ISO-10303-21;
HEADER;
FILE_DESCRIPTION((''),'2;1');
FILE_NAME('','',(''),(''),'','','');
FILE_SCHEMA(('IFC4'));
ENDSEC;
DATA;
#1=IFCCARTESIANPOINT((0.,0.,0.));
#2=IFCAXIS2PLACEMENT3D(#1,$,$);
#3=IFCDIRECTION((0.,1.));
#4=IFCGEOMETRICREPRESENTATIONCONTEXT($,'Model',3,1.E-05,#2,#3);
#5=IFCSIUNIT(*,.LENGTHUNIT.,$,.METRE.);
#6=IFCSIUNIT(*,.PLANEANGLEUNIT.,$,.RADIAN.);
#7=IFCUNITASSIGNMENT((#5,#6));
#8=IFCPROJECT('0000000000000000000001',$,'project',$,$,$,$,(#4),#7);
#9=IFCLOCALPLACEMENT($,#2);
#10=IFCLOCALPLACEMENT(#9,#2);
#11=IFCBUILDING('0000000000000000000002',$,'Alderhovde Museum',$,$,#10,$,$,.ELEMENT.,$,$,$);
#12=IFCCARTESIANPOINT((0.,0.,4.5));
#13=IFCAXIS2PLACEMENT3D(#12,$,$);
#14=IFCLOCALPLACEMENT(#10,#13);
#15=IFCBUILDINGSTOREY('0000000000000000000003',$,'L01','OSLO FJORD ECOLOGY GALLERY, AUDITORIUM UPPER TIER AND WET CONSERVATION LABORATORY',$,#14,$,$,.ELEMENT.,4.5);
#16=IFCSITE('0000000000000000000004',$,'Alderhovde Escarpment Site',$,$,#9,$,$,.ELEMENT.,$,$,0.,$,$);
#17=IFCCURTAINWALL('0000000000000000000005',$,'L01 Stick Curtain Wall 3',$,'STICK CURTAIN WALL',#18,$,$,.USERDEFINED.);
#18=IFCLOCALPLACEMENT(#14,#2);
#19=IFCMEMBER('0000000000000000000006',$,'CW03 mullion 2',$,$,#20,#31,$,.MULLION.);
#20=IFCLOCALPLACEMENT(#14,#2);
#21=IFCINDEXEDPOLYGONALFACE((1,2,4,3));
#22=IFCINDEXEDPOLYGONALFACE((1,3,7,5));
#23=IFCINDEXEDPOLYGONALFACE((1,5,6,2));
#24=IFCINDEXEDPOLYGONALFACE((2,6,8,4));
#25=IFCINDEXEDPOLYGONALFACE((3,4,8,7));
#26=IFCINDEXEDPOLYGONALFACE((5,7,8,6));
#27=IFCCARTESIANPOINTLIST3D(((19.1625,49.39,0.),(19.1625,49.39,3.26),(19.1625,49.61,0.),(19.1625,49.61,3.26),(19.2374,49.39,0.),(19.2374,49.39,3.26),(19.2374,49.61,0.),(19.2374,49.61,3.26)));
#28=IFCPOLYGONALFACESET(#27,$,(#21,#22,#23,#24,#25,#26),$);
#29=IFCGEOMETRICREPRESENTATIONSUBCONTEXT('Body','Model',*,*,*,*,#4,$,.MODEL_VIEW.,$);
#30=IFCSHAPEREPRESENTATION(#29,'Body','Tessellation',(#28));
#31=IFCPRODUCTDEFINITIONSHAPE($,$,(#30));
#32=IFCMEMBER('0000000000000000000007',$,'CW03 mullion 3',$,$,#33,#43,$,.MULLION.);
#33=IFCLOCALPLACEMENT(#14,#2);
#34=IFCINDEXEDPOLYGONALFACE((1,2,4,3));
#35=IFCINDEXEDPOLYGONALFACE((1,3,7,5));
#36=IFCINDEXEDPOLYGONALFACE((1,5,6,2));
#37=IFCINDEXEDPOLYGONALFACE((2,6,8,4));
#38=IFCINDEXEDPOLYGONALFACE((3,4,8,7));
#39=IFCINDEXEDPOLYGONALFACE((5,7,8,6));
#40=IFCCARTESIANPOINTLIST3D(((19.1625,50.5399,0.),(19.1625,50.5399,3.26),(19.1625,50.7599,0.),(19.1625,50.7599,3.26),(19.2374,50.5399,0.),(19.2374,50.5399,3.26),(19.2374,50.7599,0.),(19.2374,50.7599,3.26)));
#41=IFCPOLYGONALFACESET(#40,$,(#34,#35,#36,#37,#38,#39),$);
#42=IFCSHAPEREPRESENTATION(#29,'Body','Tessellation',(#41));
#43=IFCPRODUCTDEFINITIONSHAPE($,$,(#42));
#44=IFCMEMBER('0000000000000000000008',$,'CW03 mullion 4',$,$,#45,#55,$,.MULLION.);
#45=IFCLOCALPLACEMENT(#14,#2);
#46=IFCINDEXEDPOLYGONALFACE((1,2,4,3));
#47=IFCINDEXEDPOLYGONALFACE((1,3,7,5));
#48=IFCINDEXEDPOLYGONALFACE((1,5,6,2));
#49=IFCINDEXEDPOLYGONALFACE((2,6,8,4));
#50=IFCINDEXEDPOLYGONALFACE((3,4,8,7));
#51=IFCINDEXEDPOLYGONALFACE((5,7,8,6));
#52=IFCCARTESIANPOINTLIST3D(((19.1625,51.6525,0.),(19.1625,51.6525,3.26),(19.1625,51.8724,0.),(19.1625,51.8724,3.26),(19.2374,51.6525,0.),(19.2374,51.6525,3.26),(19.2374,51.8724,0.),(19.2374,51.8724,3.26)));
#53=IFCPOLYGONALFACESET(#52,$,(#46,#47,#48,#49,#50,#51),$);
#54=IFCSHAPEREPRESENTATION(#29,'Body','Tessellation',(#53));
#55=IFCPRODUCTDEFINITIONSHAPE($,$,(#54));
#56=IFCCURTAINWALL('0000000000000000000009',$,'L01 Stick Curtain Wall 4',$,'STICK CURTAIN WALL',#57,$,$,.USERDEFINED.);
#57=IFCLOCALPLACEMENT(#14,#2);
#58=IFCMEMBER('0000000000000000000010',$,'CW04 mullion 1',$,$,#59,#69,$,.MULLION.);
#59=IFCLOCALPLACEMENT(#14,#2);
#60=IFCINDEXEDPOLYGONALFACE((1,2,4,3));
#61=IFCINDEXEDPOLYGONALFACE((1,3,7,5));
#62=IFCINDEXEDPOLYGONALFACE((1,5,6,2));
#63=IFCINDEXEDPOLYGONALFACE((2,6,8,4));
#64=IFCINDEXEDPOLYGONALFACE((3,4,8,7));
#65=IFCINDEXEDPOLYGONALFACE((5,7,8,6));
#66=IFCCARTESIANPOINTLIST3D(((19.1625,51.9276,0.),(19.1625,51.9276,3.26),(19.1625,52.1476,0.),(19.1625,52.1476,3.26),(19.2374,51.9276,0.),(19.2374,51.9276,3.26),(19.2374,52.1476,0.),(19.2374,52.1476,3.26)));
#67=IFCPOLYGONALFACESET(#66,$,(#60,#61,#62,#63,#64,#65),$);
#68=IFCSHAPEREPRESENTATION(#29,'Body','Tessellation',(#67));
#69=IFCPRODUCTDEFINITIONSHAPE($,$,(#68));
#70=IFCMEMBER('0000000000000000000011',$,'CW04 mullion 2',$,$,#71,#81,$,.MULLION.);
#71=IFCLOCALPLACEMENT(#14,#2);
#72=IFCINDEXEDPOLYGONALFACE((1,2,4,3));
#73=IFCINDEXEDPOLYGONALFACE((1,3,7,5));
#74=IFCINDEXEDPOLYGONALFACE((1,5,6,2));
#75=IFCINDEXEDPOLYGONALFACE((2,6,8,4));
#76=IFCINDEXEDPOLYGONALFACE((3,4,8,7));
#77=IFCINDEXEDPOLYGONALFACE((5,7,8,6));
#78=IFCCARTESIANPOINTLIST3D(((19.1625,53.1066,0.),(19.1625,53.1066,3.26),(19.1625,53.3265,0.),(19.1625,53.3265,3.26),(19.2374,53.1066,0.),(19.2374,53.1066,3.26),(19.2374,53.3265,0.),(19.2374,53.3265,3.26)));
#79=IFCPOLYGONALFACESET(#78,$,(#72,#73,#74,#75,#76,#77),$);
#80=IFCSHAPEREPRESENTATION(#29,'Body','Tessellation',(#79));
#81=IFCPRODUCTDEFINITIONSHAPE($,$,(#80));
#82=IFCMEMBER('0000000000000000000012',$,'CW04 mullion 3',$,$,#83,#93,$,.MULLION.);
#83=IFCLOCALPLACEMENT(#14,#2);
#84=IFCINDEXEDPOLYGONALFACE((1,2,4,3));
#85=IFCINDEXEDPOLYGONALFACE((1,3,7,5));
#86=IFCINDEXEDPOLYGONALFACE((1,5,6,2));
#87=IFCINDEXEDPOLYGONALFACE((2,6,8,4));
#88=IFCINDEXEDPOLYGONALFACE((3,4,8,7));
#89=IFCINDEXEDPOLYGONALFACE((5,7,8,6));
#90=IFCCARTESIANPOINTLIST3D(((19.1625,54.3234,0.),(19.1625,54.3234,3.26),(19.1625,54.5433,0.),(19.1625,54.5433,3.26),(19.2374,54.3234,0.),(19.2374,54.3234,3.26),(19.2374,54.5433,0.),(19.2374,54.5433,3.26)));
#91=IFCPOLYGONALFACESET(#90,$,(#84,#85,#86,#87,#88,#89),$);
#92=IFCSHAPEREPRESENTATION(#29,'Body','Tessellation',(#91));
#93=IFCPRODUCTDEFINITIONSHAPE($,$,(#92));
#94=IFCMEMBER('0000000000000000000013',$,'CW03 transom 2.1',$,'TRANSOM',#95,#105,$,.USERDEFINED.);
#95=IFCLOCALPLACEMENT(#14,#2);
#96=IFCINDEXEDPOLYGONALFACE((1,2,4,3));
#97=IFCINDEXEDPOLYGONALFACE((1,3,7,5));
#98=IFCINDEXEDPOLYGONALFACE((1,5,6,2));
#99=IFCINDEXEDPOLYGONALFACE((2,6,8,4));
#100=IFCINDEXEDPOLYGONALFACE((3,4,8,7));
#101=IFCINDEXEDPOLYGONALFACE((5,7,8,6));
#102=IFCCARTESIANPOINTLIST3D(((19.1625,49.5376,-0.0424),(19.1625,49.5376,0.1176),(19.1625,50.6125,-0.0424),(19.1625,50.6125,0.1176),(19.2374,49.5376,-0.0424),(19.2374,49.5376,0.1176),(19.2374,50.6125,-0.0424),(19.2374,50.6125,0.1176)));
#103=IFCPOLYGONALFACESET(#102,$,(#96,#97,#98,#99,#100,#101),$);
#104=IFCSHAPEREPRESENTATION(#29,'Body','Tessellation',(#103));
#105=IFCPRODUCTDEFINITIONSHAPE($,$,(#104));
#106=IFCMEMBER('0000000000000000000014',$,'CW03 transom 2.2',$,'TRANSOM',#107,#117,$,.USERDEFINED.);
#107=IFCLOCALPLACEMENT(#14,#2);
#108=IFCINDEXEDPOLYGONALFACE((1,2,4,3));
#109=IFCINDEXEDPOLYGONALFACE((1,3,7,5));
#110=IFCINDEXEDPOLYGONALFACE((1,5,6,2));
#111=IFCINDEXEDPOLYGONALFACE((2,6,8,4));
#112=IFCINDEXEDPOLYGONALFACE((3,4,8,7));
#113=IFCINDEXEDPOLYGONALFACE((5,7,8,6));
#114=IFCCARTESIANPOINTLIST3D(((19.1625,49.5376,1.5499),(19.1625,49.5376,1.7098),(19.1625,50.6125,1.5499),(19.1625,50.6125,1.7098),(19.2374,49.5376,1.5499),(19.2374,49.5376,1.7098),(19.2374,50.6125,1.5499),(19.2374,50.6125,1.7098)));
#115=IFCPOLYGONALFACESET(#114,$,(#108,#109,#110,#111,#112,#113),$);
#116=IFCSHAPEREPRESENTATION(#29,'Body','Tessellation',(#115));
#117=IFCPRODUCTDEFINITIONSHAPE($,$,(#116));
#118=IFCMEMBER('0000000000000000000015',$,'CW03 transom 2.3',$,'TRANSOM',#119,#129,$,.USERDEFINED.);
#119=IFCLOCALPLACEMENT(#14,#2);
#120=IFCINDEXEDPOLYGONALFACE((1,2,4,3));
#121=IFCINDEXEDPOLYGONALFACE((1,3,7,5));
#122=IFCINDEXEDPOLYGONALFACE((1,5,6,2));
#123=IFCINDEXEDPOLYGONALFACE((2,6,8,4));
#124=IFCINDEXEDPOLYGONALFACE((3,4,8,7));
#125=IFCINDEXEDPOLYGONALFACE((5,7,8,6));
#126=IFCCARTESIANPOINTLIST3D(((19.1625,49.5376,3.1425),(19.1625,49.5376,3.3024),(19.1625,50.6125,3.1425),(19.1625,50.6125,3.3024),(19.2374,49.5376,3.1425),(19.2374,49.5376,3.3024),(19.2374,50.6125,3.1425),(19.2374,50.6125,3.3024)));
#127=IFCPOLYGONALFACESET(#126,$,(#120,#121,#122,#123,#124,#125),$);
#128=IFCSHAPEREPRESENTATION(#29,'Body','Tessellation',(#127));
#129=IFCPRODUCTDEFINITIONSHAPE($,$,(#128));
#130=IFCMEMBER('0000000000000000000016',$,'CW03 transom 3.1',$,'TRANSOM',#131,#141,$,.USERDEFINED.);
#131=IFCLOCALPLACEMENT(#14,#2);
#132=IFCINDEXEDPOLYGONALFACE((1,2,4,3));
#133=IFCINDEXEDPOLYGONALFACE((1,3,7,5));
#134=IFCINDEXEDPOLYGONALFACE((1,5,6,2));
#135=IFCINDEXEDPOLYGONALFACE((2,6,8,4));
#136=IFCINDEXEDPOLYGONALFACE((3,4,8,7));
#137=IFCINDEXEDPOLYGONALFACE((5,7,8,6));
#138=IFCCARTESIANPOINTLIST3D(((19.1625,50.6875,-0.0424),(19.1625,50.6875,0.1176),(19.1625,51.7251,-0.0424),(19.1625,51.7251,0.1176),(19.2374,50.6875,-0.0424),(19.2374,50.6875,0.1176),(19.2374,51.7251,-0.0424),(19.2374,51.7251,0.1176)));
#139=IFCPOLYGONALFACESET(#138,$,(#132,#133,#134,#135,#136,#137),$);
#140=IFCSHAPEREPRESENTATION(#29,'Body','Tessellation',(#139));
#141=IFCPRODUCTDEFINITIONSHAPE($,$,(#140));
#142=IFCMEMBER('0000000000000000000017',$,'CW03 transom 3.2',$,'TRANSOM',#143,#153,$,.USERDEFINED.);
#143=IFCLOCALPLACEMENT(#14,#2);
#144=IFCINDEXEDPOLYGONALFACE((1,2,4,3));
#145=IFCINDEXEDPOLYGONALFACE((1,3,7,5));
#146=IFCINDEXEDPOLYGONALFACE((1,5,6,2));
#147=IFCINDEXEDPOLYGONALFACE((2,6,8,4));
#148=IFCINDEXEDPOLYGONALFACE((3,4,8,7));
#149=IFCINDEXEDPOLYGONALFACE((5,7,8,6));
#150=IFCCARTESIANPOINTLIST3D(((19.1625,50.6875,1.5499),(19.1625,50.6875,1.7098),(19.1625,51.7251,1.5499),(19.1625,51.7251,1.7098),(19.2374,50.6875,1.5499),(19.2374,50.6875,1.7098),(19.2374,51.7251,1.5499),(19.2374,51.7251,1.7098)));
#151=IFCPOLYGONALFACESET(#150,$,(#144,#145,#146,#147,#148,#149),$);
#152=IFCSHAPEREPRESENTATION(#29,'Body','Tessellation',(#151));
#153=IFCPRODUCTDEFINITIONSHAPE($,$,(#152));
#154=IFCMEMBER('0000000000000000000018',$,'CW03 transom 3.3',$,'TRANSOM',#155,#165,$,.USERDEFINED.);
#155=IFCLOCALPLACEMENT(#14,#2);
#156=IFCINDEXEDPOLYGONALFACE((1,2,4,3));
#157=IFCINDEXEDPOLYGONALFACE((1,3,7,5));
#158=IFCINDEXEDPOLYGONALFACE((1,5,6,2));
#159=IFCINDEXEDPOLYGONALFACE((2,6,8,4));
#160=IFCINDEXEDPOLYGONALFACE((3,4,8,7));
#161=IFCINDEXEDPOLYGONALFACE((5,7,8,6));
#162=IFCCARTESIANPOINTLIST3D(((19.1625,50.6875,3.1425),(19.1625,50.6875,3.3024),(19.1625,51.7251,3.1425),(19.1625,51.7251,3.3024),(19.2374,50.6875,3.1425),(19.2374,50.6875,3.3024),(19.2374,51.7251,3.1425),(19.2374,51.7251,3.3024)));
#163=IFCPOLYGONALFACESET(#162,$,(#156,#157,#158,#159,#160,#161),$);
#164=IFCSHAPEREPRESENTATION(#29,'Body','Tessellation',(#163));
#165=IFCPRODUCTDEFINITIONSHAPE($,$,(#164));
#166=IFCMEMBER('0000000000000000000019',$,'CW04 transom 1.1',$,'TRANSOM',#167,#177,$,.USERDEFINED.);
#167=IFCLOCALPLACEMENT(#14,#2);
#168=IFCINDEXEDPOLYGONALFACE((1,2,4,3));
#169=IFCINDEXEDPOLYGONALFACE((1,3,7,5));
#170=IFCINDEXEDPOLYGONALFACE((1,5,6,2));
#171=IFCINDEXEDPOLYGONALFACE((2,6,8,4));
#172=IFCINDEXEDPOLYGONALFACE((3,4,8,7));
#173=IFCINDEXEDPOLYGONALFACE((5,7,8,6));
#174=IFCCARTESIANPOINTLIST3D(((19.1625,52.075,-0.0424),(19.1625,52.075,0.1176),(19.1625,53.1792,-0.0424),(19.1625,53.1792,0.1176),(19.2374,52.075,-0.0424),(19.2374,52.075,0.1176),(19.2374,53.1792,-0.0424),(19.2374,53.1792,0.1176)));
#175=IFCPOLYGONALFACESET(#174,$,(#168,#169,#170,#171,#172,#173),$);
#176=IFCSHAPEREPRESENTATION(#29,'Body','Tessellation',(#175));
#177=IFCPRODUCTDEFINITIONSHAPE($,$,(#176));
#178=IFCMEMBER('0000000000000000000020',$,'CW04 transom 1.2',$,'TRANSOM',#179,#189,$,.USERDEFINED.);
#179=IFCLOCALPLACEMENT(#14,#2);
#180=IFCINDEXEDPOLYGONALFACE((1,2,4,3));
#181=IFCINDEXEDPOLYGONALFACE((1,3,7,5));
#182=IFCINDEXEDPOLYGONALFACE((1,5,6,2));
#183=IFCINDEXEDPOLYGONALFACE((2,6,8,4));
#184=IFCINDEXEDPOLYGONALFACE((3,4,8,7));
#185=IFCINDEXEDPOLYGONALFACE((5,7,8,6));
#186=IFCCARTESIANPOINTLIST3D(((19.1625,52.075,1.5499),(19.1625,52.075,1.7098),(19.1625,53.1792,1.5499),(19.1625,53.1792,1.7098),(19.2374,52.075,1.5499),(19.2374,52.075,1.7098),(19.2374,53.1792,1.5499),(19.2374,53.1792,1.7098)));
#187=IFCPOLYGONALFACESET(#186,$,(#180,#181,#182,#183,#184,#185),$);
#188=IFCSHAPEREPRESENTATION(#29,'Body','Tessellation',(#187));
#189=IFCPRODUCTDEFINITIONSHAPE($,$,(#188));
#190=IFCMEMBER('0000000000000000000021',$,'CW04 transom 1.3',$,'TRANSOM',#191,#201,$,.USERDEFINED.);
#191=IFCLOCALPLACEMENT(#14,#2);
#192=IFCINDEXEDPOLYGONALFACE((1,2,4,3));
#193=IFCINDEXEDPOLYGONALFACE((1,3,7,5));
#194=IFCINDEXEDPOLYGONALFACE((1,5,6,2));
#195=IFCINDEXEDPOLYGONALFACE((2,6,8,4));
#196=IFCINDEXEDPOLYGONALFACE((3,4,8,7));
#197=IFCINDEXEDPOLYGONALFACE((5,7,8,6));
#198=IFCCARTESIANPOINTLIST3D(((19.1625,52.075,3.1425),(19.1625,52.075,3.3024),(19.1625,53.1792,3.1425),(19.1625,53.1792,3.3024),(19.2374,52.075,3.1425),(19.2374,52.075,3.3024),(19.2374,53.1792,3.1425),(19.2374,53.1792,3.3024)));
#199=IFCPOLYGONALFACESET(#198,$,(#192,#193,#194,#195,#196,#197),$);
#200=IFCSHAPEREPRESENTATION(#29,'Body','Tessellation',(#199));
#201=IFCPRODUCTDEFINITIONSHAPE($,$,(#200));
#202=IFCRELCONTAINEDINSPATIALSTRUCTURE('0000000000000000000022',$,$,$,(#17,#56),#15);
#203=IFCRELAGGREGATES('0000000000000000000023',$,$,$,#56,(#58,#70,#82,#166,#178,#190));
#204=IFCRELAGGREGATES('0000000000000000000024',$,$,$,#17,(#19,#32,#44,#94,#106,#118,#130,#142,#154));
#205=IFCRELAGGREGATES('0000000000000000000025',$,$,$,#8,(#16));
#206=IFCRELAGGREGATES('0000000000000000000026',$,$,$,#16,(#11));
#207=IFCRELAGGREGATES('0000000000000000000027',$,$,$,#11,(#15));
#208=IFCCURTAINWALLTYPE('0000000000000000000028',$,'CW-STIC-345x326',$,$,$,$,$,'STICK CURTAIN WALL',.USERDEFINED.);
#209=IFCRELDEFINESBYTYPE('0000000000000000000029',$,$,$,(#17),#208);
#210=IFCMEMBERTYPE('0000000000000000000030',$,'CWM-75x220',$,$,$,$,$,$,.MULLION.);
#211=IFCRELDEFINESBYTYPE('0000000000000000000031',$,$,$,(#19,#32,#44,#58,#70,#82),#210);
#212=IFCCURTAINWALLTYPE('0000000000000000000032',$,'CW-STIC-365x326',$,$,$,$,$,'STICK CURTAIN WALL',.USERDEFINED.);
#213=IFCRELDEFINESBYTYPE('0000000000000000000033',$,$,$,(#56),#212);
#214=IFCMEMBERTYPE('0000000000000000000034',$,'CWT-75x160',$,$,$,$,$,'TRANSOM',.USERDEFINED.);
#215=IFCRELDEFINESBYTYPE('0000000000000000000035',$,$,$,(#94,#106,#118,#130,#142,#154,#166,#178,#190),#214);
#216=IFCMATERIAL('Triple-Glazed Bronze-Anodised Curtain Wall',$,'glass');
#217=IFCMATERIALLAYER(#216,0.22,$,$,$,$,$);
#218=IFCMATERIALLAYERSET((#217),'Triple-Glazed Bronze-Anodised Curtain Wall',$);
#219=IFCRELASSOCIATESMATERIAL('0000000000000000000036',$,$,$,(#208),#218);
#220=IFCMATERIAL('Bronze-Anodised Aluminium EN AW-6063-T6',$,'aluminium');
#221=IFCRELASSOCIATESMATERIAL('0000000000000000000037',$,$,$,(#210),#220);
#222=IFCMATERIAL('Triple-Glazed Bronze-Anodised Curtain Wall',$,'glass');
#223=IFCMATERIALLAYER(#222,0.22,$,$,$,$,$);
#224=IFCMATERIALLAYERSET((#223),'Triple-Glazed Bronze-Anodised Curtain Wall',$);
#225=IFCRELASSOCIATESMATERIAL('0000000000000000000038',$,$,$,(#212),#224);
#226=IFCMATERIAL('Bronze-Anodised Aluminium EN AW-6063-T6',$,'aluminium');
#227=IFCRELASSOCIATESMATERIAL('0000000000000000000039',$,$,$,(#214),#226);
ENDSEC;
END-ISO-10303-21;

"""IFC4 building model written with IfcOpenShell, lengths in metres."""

from ifc_helpers import new_model, si_unit, direction, frame, origin, origin_2d, place, context, subcontext, project, spatial, rectangle, extrude, material, layer, layer_set, material_profile, profile_set, type_object, element, aggregate, save


model = new_model("IFC4")

# Units and contexts
model_context = context("Model", 3, precision=1e-05, world=origin(), true_north=direction((0.0, 1.0)))
body_context = subcontext(model_context, "Body", "Model", "MODEL_VIEW")
ifc_project = project(units=[si_unit("LENGTHUNIT", "METRE"), si_unit("PLANEANGLEUNIT", "RADIAN")], contexts=[model_context])

# Site, building, storey
site_placement = place(None, origin())
site = spatial("IfcSite", under=ifc_project, at=site_placement, Name="Alderhovde Escarpment Site", CompositionType="ELEMENT", RefElevation=0.0)
building_placement = place(site_placement, origin())
building = spatial("IfcBuilding", under=site, at=building_placement, Name="Alderhovde Museum", CompositionType="ELEMENT")
storey_placement = place(building_placement, frame((0.0, 0.0, 4.5)))
storey = spatial("IfcBuildingStorey", under=building, at=storey_placement, Name="L01", Description="OSLO FJORD ECOLOGY GALLERY, AUDITORIUM UPPER TIER AND WET CONSERVATION LABORATORY", CompositionType="ELEMENT", Elevation=4.5)

# Curtain walls, members
ifc_material_1 = material(Name="Triple-Glazed Bronze-Anodised Curtain Wall", Category="glass")
ifc_layer_1 = layer(ifc_material_1, 0.22)
ifc_layer_set_1 = layer_set([ifc_layer_1], Name="Triple-Glazed Bronze-Anodised Curtain Wall")
curtain_wall_type_1 = type_object("IfcCurtainWallType", Name="CW-STIC-345x326", ElementType="STICK CURTAIN WALL", PredefinedType="USERDEFINED", material=ifc_layer_set_1)
curtain_wall_1_placement = place(storey_placement, origin())
curtain_wall_1 = element("IfcCurtainWall", 1, at=curtain_wall_1_placement, inside=storey, type_object=curtain_wall_type_1, Name="L01 Stick Curtain Wall 3", ObjectType="STICK CURTAIN WALL", PredefinedType="USERDEFINED")
ifc_material_2 = material(Name="Bronze-Anodised Aluminium EN AW-6063-T6", Category="aluminium")
ifc_material_profile_1 = material_profile(ifc_material_2, rectangle(XDim=0.075, YDim=0.22, at=origin_2d()), Name="MULLION 75x220")
ifc_profile_set_1 = profile_set([ifc_material_profile_1], Name="Bronze-Anodised Aluminium EN AW-6063-T6")
member_type_1 = type_object("IfcMemberType", Name="CWM-75x220", PredefinedType="MULLION", material=ifc_profile_set_1)
member_1_placement = place(storey_placement, frame((19.2, 49.5, 0.0), z_axis=(0.0, 0.0, 1.0), x_axis=(-1.0, 0.0, 0.0)))
member_1 = element("IfcMember", 2, at=member_1_placement, type_object=member_type_1, Name="CW03 mullion 2", PredefinedType="MULLION", context=body_context, shape_type="SweptSolid", body=[
    extrude(rectangle(XDim=0.075, YDim=0.22, at=origin_2d()), origin(), (0.0, 0.0, 1.0), 3.26),
])
member_2_placement = place(storey_placement, frame((19.2, 50.6499, 0.0), z_axis=(0.0, 0.0, 1.0), x_axis=(-1.0, 0.0, 0.0)))
member_2 = element("IfcMember", 3, at=member_2_placement, type_object=member_type_1, Name="CW03 mullion 3", PredefinedType="MULLION", context=body_context, shape_type="SweptSolid", body=[
    extrude(rectangle(XDim=0.075, YDim=0.22, at=origin_2d()), origin(), (0.0, 0.0, 1.0), 3.26),
])
member_3_placement = place(storey_placement, frame((19.2, 51.7625, 0.0), z_axis=(0.0, 0.0, 1.0), x_axis=(-1.0, 0.0, 0.0)))
member_3 = element("IfcMember", 4, at=member_3_placement, type_object=member_type_1, Name="CW03 mullion 4", PredefinedType="MULLION", context=body_context, shape_type="SweptSolid", body=[
    extrude(rectangle(XDim=0.075, YDim=0.22, at=origin_2d()), origin(), (0.0, 0.0, 1.0), 3.26),
])
ifc_material_3 = material(Name="Triple-Glazed Bronze-Anodised Curtain Wall", Category="glass")
ifc_layer_2 = layer(ifc_material_3, 0.22)
ifc_layer_set_2 = layer_set([ifc_layer_2], Name="Triple-Glazed Bronze-Anodised Curtain Wall")
curtain_wall_type_2 = type_object("IfcCurtainWallType", Name="CW-STIC-365x326", ElementType="STICK CURTAIN WALL", PredefinedType="USERDEFINED", material=ifc_layer_set_2)
curtain_wall_2_placement = place(storey_placement, origin())
curtain_wall_2 = element("IfcCurtainWall", 5, at=curtain_wall_2_placement, inside=storey, type_object=curtain_wall_type_2, Name="L01 Stick Curtain Wall 4", ObjectType="STICK CURTAIN WALL", PredefinedType="USERDEFINED")
member_4_placement = place(storey_placement, frame((19.2, 52.0376, 0.0), z_axis=(0.0, 0.0, 1.0), x_axis=(-1.0, 0.0, 0.0)))
member_4 = element("IfcMember", 6, at=member_4_placement, type_object=member_type_1, Name="CW04 mullion 1", PredefinedType="MULLION", context=body_context, shape_type="SweptSolid", body=[
    extrude(rectangle(XDim=0.075, YDim=0.22, at=origin_2d()), origin(), (0.0, 0.0, 1.0), 3.26),
])
member_5_placement = place(storey_placement, frame((19.2, 53.2166, 0.0), z_axis=(0.0, 0.0, 1.0), x_axis=(-1.0, 0.0, 0.0)))
member_5 = element("IfcMember", 7, at=member_5_placement, type_object=member_type_1, Name="CW04 mullion 2", PredefinedType="MULLION", context=body_context, shape_type="SweptSolid", body=[
    extrude(rectangle(XDim=0.075, YDim=0.22, at=origin_2d()), origin(), (0.0, 0.0, 1.0), 3.26),
])
member_6_placement = place(storey_placement, frame((19.2, 54.4333, 0.0), z_axis=(0.0, 0.0, 1.0), x_axis=(-1.0, 0.0, 0.0)))
member_6 = element("IfcMember", 8, at=member_6_placement, type_object=member_type_1, Name="CW04 mullion 3", PredefinedType="MULLION", context=body_context, shape_type="SweptSolid", body=[
    extrude(rectangle(XDim=0.075, YDim=0.22, at=origin_2d()), origin(), (0.0, 0.0, 1.0), 3.26),
])

# Members
ifc_material_4 = material(Name="Bronze-Anodised Aluminium EN AW-6063-T6", Category="aluminium")
ifc_material_profile_2 = material_profile(ifc_material_4, rectangle(XDim=0.075, YDim=0.1599, at=origin_2d()), Name="TRANSOM 75x160")
ifc_profile_set_2 = profile_set([ifc_material_profile_2], Name="Bronze-Anodised Aluminium EN AW-6063-T6")
member_type_2 = type_object("IfcMemberType", Name="CWT-75x160", ElementType="TRANSOM", PredefinedType="USERDEFINED", material=ifc_profile_set_2)
member_7_placement = place(storey_placement, frame((19.2, 49.5376, 0.0376), z_axis=(0.0, 1.0, 0.0), x_axis=(-1.0, 0.0, 0.0)))
member_7 = element("IfcMember", 9, at=member_7_placement, type_object=member_type_2, Name="CW03 transom 2.1", ObjectType="TRANSOM", PredefinedType="USERDEFINED", context=body_context, shape_type="SweptSolid", body=[
    extrude(rectangle(XDim=0.075, YDim=0.1599, at=origin_2d()), origin(), (0.0, 0.0, 1.0), 1.075),
])
member_8_placement = place(storey_placement, frame((19.2, 49.5376, 1.6299), z_axis=(0.0, 1.0, 0.0), x_axis=(-1.0, 0.0, 0.0)))
member_8 = element("IfcMember", 10, at=member_8_placement, type_object=member_type_2, Name="CW03 transom 2.2", ObjectType="TRANSOM", PredefinedType="USERDEFINED", context=body_context, shape_type="SweptSolid", body=[
    extrude(rectangle(XDim=0.075, YDim=0.1599, at=origin_2d()), origin(), (0.0, 0.0, 1.0), 1.075),
])
member_9_placement = place(storey_placement, frame((19.2, 49.5376, 3.2224), z_axis=(0.0, 1.0, 0.0), x_axis=(-1.0, 0.0, 0.0)))
member_9 = element("IfcMember", 11, at=member_9_placement, type_object=member_type_2, Name="CW03 transom 2.3", ObjectType="TRANSOM", PredefinedType="USERDEFINED", context=body_context, shape_type="SweptSolid", body=[
    extrude(rectangle(XDim=0.075, YDim=0.1599, at=origin_2d()), origin(), (0.0, 0.0, 1.0), 1.075),
])
member_10_placement = place(storey_placement, frame((19.2, 50.6875, 0.0376), z_axis=(0.0, 1.0, 0.0), x_axis=(-1.0, 0.0, 0.0)))
member_10 = element("IfcMember", 12, at=member_10_placement, type_object=member_type_2, Name="CW03 transom 3.1", ObjectType="TRANSOM", PredefinedType="USERDEFINED", context=body_context, shape_type="SweptSolid", body=[
    extrude(rectangle(XDim=0.075, YDim=0.1599, at=origin_2d()), origin(), (0.0, 0.0, 1.0), 1.0376),
])
member_11_placement = place(storey_placement, frame((19.2, 50.6875, 1.6299), z_axis=(0.0, 1.0, 0.0), x_axis=(-1.0, 0.0, 0.0)))
member_11 = element("IfcMember", 13, at=member_11_placement, type_object=member_type_2, Name="CW03 transom 3.2", ObjectType="TRANSOM", PredefinedType="USERDEFINED", context=body_context, shape_type="SweptSolid", body=[
    extrude(rectangle(XDim=0.075, YDim=0.1599, at=origin_2d()), origin(), (0.0, 0.0, 1.0), 1.0376),
])
member_12_placement = place(storey_placement, frame((19.2, 50.6875, 3.2224), z_axis=(0.0, 1.0, 0.0), x_axis=(-1.0, 0.0, 0.0)))
member_12 = element("IfcMember", 14, at=member_12_placement, type_object=member_type_2, Name="CW03 transom 3.3", ObjectType="TRANSOM", PredefinedType="USERDEFINED", context=body_context, shape_type="SweptSolid", body=[
    extrude(rectangle(XDim=0.075, YDim=0.1599, at=origin_2d()), origin(), (0.0, 0.0, 1.0), 1.0376),
])
member_13_placement = place(storey_placement, frame((19.2, 52.075, 0.0376), z_axis=(0.0, 1.0, 0.0), x_axis=(-1.0, 0.0, 0.0)))
member_13 = element("IfcMember", 15, at=member_13_placement, type_object=member_type_2, Name="CW04 transom 1.1", ObjectType="TRANSOM", PredefinedType="USERDEFINED", context=body_context, shape_type="SweptSolid", body=[
    extrude(rectangle(XDim=0.075, YDim=0.1599, at=origin_2d()), origin(), (0.0, 0.0, 1.0), 1.1042),
])
member_14_placement = place(storey_placement, frame((19.2, 52.075, 1.6299), z_axis=(0.0, 1.0, 0.0), x_axis=(-1.0, 0.0, 0.0)))
member_14 = element("IfcMember", 16, at=member_14_placement, type_object=member_type_2, Name="CW04 transom 1.2", ObjectType="TRANSOM", PredefinedType="USERDEFINED", context=body_context, shape_type="SweptSolid", body=[
    extrude(rectangle(XDim=0.075, YDim=0.1599, at=origin_2d()), origin(), (0.0, 0.0, 1.0), 1.1042),
])
member_15_placement = place(storey_placement, frame((19.2, 52.075, 3.2224), z_axis=(0.0, 1.0, 0.0), x_axis=(-1.0, 0.0, 0.0)))
member_15 = element("IfcMember", 17, at=member_15_placement, type_object=member_type_2, Name="CW04 transom 1.3", ObjectType="TRANSOM", PredefinedType="USERDEFINED", context=body_context, shape_type="SweptSolid", body=[
    extrude(rectangle(XDim=0.075, YDim=0.1599, at=origin_2d()), origin(), (0.0, 0.0, 1.0), 1.1042),
])

aggregate(curtain_wall_2, [member_4, member_5, member_6, member_13, member_14, member_15])
aggregate(curtain_wall_1, [member_1, member_2, member_3, member_7, member_8, member_9, member_10, member_11, member_12])

save(model, "model.ifc")
